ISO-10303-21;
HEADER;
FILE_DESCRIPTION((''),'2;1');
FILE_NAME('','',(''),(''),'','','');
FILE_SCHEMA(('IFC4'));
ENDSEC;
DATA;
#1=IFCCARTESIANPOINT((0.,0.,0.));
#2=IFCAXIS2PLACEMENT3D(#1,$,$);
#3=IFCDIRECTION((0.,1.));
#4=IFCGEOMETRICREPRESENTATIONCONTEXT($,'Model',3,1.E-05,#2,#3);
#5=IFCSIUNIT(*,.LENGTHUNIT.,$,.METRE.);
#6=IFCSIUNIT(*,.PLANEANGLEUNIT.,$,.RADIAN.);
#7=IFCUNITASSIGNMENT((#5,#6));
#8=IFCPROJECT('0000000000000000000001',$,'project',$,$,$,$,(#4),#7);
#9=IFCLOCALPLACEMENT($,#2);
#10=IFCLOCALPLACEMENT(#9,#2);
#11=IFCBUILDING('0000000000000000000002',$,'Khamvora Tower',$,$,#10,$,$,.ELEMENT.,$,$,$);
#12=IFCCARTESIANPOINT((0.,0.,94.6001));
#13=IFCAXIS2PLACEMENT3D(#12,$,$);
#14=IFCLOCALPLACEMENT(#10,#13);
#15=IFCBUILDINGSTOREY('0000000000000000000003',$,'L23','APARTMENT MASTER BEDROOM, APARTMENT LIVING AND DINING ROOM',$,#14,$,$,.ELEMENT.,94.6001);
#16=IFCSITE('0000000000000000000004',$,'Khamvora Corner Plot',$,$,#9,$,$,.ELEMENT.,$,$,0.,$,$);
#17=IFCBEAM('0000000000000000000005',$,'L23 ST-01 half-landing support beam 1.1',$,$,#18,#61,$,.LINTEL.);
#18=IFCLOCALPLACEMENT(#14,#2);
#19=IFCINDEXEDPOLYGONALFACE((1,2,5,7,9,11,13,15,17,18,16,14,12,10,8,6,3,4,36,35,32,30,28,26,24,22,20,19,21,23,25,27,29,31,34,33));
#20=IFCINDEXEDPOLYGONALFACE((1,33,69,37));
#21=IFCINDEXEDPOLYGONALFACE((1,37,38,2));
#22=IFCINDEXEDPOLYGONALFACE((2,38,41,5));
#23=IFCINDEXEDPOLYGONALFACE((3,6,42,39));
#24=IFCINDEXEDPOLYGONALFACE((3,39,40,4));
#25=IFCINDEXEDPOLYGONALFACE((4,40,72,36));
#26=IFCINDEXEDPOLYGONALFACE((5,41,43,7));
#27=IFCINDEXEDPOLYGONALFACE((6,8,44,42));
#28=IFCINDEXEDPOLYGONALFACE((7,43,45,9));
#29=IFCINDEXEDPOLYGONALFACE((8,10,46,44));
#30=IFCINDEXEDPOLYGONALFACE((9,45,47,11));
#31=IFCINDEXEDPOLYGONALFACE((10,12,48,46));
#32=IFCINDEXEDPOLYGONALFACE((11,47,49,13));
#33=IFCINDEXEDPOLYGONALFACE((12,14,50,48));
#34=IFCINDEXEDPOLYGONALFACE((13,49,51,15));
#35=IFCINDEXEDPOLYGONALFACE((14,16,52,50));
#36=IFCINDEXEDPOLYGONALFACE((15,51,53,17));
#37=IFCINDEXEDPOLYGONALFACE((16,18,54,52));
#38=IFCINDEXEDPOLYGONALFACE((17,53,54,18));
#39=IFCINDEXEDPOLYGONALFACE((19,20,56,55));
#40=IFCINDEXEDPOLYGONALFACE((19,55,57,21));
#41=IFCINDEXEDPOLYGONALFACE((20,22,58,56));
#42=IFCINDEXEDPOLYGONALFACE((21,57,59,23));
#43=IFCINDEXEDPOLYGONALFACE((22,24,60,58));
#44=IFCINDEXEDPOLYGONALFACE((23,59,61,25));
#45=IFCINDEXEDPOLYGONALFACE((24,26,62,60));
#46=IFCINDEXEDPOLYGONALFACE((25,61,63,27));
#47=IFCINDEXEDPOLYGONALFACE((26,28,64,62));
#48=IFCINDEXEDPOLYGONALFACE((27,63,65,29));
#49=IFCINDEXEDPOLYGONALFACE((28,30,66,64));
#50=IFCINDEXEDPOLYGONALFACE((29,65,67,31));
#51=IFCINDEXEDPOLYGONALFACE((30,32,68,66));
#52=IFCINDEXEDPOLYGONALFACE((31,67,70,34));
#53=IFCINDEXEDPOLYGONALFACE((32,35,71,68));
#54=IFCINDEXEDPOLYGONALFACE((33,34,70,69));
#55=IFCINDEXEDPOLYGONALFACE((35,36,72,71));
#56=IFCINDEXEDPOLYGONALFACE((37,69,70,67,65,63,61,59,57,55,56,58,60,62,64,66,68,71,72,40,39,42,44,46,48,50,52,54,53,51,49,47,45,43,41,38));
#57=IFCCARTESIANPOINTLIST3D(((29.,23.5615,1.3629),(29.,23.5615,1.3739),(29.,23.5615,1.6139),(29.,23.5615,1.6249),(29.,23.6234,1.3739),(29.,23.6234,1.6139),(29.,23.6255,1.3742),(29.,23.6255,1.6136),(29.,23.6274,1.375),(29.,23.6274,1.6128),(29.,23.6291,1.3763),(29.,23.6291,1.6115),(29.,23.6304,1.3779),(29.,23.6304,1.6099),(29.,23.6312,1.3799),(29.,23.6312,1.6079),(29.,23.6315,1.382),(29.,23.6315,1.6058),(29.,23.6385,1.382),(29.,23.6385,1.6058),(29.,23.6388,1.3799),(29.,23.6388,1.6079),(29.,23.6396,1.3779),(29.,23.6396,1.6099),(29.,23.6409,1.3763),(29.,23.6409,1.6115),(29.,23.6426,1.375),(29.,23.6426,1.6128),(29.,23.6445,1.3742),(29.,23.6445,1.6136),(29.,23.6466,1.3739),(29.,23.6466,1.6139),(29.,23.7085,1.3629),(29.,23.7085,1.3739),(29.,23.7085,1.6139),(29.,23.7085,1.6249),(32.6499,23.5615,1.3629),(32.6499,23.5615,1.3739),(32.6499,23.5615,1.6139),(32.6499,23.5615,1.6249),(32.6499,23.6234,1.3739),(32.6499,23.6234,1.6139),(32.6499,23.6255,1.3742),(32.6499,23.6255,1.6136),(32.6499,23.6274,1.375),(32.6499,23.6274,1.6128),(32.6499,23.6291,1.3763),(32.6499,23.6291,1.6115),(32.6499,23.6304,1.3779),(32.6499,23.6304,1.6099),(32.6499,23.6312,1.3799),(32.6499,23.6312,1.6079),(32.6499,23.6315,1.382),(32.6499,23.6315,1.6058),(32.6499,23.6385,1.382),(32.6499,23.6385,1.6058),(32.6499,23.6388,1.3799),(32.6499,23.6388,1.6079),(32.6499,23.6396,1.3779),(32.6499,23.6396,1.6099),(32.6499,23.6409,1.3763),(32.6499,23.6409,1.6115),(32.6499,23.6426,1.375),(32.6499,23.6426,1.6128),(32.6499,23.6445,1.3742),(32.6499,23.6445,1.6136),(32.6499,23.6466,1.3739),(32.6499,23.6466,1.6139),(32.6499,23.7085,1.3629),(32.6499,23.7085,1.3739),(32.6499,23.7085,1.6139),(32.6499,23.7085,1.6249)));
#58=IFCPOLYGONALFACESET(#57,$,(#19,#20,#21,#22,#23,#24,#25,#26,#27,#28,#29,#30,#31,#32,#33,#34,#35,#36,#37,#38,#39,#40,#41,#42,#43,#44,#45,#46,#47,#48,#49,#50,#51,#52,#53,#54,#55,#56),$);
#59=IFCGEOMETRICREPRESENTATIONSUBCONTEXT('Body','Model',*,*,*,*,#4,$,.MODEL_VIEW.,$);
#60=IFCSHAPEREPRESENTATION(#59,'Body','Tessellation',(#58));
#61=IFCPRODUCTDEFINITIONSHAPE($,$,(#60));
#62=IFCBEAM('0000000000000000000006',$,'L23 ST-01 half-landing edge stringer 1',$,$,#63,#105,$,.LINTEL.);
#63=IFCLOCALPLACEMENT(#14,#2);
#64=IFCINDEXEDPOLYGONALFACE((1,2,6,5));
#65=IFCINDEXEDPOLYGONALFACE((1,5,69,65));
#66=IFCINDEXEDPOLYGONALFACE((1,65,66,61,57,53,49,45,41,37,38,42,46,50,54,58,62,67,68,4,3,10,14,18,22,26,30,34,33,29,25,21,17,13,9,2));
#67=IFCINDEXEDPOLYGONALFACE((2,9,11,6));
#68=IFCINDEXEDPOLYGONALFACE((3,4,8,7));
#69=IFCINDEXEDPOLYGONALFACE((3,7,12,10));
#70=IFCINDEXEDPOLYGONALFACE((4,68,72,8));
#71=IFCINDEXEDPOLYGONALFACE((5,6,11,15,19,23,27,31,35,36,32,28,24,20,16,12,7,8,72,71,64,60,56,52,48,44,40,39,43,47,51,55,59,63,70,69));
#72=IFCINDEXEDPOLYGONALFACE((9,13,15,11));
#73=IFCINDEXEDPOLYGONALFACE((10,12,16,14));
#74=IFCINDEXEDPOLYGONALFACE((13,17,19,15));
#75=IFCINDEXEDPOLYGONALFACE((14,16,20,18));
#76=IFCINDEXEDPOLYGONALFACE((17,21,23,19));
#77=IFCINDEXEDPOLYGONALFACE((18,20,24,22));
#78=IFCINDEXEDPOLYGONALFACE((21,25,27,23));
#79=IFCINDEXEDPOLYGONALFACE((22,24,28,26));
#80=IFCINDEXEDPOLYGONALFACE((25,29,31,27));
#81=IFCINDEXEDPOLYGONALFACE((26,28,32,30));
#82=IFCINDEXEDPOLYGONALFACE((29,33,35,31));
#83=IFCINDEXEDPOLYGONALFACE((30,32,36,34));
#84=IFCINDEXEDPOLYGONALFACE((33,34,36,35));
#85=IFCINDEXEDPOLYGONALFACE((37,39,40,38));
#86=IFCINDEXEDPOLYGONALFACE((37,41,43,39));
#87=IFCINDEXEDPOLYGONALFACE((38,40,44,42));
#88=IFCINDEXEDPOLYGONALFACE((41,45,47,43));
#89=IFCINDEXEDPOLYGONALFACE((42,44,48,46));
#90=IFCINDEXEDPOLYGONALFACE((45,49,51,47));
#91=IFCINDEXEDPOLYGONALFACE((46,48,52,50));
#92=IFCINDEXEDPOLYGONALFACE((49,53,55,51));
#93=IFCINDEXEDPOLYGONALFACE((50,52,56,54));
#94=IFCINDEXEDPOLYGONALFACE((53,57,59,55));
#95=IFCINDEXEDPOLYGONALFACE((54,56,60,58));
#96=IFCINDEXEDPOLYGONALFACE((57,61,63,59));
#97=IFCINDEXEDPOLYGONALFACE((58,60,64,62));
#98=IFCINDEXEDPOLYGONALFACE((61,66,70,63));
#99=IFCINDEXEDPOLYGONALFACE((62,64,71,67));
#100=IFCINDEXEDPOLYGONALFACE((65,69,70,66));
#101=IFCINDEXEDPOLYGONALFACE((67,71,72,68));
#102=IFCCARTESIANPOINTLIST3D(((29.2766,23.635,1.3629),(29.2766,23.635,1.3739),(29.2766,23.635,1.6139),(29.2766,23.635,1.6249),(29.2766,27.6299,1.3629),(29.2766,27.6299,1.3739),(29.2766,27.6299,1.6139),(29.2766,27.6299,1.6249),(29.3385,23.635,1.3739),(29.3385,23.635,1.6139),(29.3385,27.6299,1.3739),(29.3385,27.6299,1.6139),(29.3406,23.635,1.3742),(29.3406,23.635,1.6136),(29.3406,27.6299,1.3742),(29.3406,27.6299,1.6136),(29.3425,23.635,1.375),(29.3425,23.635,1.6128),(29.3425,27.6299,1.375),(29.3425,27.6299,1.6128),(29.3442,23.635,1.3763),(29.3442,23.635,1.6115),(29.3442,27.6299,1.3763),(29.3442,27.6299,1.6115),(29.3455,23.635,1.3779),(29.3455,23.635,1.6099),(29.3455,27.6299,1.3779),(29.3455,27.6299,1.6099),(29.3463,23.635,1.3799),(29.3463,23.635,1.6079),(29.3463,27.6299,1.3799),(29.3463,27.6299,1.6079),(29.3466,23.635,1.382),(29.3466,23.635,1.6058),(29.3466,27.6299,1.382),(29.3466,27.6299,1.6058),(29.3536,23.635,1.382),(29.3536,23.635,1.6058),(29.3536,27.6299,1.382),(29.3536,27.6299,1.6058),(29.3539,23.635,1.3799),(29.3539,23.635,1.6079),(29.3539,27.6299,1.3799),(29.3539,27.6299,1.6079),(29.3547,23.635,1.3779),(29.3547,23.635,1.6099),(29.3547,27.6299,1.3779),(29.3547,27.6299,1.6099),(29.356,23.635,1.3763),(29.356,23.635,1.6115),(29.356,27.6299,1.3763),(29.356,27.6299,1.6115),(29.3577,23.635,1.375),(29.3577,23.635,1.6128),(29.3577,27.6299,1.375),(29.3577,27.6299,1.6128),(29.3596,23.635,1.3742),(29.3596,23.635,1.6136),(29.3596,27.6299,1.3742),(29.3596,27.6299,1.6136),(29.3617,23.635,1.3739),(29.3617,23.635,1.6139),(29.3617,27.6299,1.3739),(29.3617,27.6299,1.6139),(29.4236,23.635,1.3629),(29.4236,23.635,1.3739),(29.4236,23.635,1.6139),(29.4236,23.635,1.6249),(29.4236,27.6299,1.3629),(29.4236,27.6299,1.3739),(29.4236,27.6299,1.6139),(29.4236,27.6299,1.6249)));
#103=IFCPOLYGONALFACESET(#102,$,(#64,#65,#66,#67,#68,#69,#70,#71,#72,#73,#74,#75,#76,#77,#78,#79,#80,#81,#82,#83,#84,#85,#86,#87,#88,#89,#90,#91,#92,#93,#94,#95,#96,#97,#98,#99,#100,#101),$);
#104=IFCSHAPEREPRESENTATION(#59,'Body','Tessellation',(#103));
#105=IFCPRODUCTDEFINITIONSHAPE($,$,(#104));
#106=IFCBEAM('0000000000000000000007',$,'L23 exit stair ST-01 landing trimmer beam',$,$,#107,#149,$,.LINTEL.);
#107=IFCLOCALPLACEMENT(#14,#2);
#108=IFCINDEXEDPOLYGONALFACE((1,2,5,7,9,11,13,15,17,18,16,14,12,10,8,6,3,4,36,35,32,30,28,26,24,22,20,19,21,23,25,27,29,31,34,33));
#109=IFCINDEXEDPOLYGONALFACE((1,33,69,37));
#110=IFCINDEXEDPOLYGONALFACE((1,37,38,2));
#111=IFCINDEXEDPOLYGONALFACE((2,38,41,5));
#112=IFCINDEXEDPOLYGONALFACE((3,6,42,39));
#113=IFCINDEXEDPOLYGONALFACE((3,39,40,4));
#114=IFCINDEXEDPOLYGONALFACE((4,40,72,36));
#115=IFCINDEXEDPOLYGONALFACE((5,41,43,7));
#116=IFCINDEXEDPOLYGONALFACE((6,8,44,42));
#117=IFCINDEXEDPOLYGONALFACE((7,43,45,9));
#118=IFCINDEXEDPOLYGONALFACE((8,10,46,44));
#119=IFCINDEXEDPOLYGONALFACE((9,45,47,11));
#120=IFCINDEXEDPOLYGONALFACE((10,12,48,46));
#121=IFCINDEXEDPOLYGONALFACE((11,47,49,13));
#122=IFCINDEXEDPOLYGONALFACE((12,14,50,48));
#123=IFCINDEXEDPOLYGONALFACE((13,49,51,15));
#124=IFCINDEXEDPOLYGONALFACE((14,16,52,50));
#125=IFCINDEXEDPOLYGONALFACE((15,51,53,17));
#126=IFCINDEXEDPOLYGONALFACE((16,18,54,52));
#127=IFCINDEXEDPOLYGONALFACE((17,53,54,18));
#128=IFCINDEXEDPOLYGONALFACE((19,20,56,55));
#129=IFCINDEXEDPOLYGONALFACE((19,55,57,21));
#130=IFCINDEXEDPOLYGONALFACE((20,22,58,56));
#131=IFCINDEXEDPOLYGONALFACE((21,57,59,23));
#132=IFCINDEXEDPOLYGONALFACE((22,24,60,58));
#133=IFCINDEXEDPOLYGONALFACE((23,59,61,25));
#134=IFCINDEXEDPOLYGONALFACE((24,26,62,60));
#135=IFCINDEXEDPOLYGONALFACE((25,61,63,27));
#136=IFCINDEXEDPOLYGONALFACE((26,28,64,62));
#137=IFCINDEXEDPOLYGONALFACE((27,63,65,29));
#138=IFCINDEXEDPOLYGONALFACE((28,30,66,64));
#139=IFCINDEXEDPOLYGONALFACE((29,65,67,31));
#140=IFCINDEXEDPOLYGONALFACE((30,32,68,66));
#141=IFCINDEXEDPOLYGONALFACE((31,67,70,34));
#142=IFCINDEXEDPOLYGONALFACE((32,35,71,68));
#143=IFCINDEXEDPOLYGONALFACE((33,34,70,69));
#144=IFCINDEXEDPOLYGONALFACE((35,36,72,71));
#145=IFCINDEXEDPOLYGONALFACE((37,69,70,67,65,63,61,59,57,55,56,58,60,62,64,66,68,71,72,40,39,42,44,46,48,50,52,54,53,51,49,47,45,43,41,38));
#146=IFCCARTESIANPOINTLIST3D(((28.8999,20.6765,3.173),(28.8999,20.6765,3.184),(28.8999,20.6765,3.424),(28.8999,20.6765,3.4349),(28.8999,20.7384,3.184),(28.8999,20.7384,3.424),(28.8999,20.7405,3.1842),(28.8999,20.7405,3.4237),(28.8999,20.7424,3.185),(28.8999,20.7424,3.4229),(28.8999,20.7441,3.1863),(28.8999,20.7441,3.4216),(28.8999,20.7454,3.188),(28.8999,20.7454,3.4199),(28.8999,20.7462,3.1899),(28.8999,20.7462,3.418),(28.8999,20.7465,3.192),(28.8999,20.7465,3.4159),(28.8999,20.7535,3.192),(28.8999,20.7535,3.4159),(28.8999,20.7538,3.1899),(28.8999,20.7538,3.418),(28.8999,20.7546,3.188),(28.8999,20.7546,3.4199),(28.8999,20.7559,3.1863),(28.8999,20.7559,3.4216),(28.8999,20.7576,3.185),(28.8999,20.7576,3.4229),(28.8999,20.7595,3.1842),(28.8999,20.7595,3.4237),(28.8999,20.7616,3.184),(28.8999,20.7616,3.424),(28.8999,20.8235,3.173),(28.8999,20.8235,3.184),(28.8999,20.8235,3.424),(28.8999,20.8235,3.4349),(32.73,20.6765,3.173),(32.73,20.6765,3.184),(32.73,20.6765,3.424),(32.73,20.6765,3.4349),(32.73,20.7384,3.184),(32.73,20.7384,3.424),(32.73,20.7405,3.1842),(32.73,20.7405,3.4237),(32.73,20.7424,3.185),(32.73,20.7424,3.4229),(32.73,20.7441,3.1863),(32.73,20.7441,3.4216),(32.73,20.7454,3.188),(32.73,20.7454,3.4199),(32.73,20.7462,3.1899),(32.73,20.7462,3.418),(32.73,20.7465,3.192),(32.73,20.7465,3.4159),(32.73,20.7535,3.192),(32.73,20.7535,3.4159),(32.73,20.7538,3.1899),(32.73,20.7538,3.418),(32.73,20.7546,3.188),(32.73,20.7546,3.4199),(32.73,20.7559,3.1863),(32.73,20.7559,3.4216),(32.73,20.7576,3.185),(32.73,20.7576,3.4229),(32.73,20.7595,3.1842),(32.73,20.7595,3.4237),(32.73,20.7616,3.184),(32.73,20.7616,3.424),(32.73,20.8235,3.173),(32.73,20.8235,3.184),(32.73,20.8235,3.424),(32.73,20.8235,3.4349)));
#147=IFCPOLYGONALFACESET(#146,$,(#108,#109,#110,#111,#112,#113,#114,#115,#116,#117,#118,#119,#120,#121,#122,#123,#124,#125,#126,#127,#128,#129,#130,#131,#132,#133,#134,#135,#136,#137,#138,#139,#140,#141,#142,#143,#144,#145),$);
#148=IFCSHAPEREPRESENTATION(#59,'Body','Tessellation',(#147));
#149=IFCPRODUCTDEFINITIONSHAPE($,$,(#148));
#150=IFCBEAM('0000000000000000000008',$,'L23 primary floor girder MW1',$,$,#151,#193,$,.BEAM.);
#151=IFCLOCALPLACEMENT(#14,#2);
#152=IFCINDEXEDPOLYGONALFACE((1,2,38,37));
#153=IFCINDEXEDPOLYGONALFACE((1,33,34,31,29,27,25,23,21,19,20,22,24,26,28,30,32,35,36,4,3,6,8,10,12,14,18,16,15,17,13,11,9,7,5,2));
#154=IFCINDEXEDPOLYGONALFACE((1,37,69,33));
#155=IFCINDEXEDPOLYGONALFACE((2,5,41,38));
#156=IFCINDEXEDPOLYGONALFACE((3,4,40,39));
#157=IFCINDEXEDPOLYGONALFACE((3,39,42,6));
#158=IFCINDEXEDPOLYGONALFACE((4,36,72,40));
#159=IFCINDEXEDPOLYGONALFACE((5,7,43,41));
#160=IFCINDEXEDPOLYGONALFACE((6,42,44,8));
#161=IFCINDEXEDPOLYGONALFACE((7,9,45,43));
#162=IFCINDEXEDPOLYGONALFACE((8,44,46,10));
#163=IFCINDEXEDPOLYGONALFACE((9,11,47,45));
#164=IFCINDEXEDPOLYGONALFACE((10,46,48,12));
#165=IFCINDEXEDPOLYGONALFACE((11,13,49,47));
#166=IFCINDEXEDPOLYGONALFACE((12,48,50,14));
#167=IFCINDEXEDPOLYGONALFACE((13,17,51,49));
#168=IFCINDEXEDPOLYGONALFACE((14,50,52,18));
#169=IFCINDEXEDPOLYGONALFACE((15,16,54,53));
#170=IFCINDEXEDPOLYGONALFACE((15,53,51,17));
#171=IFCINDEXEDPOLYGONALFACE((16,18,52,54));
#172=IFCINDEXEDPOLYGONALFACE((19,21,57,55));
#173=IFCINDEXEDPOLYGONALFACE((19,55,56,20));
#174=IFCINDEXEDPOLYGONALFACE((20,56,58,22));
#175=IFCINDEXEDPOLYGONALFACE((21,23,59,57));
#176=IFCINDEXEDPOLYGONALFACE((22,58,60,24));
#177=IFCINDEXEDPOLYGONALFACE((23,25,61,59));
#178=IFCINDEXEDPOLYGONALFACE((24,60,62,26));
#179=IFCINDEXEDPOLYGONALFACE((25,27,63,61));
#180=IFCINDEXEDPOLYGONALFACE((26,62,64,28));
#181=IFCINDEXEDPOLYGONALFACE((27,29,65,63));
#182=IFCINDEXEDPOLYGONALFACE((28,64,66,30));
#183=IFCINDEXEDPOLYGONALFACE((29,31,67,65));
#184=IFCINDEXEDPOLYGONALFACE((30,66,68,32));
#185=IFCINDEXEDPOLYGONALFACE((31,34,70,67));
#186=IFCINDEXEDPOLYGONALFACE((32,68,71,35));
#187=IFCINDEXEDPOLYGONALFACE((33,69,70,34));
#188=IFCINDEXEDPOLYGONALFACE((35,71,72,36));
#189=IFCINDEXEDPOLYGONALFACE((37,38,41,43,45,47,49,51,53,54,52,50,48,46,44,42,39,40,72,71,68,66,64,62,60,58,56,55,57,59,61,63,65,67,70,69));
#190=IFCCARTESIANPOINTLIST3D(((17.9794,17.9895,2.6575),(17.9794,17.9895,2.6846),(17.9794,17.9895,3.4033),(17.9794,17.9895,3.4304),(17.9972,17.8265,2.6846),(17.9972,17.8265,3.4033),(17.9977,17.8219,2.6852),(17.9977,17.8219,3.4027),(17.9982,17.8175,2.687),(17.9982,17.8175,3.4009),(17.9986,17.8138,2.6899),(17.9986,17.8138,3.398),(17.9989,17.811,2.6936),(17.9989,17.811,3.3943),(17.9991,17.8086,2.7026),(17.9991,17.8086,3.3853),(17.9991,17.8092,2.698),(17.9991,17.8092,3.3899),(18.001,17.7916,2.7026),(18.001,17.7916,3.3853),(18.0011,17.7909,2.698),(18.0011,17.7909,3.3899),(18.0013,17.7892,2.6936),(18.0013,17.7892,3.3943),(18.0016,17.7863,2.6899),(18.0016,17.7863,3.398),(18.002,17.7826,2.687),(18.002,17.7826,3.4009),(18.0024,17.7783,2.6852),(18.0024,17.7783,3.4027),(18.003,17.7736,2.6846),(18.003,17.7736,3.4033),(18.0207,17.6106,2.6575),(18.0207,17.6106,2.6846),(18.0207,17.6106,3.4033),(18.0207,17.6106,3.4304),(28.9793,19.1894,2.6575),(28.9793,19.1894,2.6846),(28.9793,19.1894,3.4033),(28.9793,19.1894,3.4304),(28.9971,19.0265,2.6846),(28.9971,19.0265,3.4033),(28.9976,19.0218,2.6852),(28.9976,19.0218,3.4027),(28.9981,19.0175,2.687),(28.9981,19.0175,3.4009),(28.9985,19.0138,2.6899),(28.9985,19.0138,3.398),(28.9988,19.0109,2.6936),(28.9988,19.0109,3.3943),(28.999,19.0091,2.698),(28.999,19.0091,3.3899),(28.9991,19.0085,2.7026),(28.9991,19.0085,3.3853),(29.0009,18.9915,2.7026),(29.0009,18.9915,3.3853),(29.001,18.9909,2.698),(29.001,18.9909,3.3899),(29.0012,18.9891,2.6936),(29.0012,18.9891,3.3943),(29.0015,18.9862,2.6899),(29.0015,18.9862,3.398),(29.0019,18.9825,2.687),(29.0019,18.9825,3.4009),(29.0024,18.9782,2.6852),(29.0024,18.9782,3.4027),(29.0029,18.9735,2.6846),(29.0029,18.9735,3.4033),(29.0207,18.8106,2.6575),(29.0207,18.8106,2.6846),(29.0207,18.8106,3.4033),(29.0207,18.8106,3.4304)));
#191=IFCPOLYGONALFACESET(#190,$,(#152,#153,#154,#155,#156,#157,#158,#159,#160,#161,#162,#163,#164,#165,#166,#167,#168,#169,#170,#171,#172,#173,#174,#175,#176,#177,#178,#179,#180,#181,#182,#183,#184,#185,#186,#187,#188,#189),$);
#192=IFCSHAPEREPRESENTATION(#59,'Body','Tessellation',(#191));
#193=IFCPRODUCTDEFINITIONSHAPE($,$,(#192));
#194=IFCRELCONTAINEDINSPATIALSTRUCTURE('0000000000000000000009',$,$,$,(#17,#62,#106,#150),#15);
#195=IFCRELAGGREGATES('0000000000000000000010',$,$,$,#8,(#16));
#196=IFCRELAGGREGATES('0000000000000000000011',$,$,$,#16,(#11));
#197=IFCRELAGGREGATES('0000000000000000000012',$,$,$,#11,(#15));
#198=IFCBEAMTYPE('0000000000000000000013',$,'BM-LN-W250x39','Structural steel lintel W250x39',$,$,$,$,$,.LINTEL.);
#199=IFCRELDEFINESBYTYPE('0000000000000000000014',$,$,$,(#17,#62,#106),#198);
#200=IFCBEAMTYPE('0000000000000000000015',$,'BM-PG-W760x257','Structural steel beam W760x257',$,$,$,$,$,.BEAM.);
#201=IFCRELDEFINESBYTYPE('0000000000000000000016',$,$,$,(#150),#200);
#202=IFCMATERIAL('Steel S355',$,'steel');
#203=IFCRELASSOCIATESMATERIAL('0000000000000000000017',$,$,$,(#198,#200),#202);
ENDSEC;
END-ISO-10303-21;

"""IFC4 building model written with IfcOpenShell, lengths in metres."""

from ifc_helpers import new_model, si_unit, direction, frame, origin, origin_2d, place, context, subcontext, project, spatial, i_section, extrude, material, material_profile, profile_set, type_object, element, save


model = new_model("IFC4")

# Units and contexts
model_context = context("Model", 3, precision=1e-05, world=origin(), true_north=direction((0.0, 1.0)))
body_context = subcontext(model_context, "Body", "Model", "MODEL_VIEW")
ifc_project = project(units=[si_unit("LENGTHUNIT", "METRE"), si_unit("PLANEANGLEUNIT", "RADIAN")], contexts=[model_context])

# Site, building, storey
site_placement = place(None, origin())
site = spatial("IfcSite", under=ifc_project, at=site_placement, Name="Khamvora Corner Plot", CompositionType="ELEMENT", RefElevation=0.0)
building_placement = place(site_placement, origin())
building = spatial("IfcBuilding", under=site, at=building_placement, Name="Khamvora Tower", CompositionType="ELEMENT")
storey_placement = place(building_placement, frame((0.0, 0.0, 94.6001)))
storey = spatial("IfcBuildingStorey", under=building, at=storey_placement, Name="L23", Description="APARTMENT MASTER BEDROOM, APARTMENT LIVING AND DINING ROOM", CompositionType="ELEMENT", Elevation=94.6001)

# Beams
ifc_material_1 = material(Name="Steel S355", Category="steel")
ifc_material_profile_1 = material_profile(ifc_material_1, i_section(OverallWidth=0.147, OverallDepth=0.262, WebThickness=0.0071, FlangeThickness=0.011, FilletRadius=0.0081, at=origin_2d()), Name="W250x39")
ifc_profile_set_1 = profile_set([ifc_material_profile_1], Name="Steel S355")
beam_type_1 = type_object("IfcBeamType", Name="BM-LN-W250x39", Description="Structural steel lintel W250x39", PredefinedType="LINTEL", material=ifc_profile_set_1)
beam_1_placement = place(storey_placement, frame((29.0, 23.635, 1.4939), z_axis=(1.0, 0.0, 0.0), x_axis=(0.0, 1.0, 0.0)))
element("IfcBeam", 1, at=beam_1_placement, inside=storey, type_object=beam_type_1, Name="L23 ST-01 half-landing support beam 1.1", PredefinedType="LINTEL", context=body_context, shape_type="SweptSolid", body=[
    extrude(i_section(OverallWidth=0.147, OverallDepth=0.262, WebThickness=0.0071, FlangeThickness=0.011, FilletRadius=0.0081, at=origin_2d()), origin(), (0.0, 0.0, 1.0), 3.6499),
])
beam_2_placement = place(storey_placement, frame((29.3501, 23.635, 1.4939), z_axis=(0.0, 1.0, 0.0), x_axis=(-1.0, 0.0, 0.0)))
element("IfcBeam", 2, at=beam_2_placement, inside=storey, type_object=beam_type_1, Name="L23 ST-01 half-landing edge stringer 1", PredefinedType="LINTEL", context=body_context, shape_type="SweptSolid", body=[
    extrude(i_section(OverallWidth=0.147, OverallDepth=0.262, WebThickness=0.0071, FlangeThickness=0.011, FilletRadius=0.0081, at=origin_2d()), origin(), (0.0, 0.0, 1.0), 3.9949),
])
beam_3_placement = place(storey_placement, frame((28.8999, 20.75, 3.304), z_axis=(1.0, 0.0, 0.0), x_axis=(0.0, 1.0, 0.0)))
element("IfcBeam", 3, at=beam_3_placement, inside=storey, type_object=beam_type_1, Name="L23 exit stair ST-01 landing trimmer beam", PredefinedType="LINTEL", context=body_context, shape_type="SweptSolid", body=[
    extrude(i_section(OverallWidth=0.147, OverallDepth=0.262, WebThickness=0.0071, FlangeThickness=0.011, FilletRadius=0.0081, at=origin_2d()), origin(), (0.0, 0.0, 1.0), 3.8301),
])
ifc_material_profile_2 = material_profile(ifc_material_1, i_section(OverallWidth=0.3811, OverallDepth=0.7729, WebThickness=0.0171, FlangeThickness=0.0271, FilletRadius=0.0181, at=origin_2d()), Name="W760x257")
ifc_profile_set_2 = profile_set([ifc_material_profile_2], Name="Steel S355")
beam_type_2 = type_object("IfcBeamType", Name="BM-PG-W760x257", Description="Structural steel beam W760x257", PredefinedType="BEAM", material=ifc_profile_set_2)
beam_4_placement = place(storey_placement, frame((29.0, 19.0, 3.0439), z_axis=(-0.994103, -0.108443, 0.0), x_axis=(0.108443, -0.994103, 0.0)))
element("IfcBeam", 4, at=beam_4_placement, inside=storey, type_object=beam_type_2, Name="L23 primary floor girder MW1", PredefinedType="BEAM", context=body_context, shape_type="SweptSolid", body=[
    extrude(i_section(OverallWidth=0.3811, OverallDepth=0.7729, WebThickness=0.0171, FlangeThickness=0.0271, FilletRadius=0.0181, at=origin_2d()), origin(), (0.0, 0.0, 1.0), 11.0652),
])

save(model, "model.ifc")
